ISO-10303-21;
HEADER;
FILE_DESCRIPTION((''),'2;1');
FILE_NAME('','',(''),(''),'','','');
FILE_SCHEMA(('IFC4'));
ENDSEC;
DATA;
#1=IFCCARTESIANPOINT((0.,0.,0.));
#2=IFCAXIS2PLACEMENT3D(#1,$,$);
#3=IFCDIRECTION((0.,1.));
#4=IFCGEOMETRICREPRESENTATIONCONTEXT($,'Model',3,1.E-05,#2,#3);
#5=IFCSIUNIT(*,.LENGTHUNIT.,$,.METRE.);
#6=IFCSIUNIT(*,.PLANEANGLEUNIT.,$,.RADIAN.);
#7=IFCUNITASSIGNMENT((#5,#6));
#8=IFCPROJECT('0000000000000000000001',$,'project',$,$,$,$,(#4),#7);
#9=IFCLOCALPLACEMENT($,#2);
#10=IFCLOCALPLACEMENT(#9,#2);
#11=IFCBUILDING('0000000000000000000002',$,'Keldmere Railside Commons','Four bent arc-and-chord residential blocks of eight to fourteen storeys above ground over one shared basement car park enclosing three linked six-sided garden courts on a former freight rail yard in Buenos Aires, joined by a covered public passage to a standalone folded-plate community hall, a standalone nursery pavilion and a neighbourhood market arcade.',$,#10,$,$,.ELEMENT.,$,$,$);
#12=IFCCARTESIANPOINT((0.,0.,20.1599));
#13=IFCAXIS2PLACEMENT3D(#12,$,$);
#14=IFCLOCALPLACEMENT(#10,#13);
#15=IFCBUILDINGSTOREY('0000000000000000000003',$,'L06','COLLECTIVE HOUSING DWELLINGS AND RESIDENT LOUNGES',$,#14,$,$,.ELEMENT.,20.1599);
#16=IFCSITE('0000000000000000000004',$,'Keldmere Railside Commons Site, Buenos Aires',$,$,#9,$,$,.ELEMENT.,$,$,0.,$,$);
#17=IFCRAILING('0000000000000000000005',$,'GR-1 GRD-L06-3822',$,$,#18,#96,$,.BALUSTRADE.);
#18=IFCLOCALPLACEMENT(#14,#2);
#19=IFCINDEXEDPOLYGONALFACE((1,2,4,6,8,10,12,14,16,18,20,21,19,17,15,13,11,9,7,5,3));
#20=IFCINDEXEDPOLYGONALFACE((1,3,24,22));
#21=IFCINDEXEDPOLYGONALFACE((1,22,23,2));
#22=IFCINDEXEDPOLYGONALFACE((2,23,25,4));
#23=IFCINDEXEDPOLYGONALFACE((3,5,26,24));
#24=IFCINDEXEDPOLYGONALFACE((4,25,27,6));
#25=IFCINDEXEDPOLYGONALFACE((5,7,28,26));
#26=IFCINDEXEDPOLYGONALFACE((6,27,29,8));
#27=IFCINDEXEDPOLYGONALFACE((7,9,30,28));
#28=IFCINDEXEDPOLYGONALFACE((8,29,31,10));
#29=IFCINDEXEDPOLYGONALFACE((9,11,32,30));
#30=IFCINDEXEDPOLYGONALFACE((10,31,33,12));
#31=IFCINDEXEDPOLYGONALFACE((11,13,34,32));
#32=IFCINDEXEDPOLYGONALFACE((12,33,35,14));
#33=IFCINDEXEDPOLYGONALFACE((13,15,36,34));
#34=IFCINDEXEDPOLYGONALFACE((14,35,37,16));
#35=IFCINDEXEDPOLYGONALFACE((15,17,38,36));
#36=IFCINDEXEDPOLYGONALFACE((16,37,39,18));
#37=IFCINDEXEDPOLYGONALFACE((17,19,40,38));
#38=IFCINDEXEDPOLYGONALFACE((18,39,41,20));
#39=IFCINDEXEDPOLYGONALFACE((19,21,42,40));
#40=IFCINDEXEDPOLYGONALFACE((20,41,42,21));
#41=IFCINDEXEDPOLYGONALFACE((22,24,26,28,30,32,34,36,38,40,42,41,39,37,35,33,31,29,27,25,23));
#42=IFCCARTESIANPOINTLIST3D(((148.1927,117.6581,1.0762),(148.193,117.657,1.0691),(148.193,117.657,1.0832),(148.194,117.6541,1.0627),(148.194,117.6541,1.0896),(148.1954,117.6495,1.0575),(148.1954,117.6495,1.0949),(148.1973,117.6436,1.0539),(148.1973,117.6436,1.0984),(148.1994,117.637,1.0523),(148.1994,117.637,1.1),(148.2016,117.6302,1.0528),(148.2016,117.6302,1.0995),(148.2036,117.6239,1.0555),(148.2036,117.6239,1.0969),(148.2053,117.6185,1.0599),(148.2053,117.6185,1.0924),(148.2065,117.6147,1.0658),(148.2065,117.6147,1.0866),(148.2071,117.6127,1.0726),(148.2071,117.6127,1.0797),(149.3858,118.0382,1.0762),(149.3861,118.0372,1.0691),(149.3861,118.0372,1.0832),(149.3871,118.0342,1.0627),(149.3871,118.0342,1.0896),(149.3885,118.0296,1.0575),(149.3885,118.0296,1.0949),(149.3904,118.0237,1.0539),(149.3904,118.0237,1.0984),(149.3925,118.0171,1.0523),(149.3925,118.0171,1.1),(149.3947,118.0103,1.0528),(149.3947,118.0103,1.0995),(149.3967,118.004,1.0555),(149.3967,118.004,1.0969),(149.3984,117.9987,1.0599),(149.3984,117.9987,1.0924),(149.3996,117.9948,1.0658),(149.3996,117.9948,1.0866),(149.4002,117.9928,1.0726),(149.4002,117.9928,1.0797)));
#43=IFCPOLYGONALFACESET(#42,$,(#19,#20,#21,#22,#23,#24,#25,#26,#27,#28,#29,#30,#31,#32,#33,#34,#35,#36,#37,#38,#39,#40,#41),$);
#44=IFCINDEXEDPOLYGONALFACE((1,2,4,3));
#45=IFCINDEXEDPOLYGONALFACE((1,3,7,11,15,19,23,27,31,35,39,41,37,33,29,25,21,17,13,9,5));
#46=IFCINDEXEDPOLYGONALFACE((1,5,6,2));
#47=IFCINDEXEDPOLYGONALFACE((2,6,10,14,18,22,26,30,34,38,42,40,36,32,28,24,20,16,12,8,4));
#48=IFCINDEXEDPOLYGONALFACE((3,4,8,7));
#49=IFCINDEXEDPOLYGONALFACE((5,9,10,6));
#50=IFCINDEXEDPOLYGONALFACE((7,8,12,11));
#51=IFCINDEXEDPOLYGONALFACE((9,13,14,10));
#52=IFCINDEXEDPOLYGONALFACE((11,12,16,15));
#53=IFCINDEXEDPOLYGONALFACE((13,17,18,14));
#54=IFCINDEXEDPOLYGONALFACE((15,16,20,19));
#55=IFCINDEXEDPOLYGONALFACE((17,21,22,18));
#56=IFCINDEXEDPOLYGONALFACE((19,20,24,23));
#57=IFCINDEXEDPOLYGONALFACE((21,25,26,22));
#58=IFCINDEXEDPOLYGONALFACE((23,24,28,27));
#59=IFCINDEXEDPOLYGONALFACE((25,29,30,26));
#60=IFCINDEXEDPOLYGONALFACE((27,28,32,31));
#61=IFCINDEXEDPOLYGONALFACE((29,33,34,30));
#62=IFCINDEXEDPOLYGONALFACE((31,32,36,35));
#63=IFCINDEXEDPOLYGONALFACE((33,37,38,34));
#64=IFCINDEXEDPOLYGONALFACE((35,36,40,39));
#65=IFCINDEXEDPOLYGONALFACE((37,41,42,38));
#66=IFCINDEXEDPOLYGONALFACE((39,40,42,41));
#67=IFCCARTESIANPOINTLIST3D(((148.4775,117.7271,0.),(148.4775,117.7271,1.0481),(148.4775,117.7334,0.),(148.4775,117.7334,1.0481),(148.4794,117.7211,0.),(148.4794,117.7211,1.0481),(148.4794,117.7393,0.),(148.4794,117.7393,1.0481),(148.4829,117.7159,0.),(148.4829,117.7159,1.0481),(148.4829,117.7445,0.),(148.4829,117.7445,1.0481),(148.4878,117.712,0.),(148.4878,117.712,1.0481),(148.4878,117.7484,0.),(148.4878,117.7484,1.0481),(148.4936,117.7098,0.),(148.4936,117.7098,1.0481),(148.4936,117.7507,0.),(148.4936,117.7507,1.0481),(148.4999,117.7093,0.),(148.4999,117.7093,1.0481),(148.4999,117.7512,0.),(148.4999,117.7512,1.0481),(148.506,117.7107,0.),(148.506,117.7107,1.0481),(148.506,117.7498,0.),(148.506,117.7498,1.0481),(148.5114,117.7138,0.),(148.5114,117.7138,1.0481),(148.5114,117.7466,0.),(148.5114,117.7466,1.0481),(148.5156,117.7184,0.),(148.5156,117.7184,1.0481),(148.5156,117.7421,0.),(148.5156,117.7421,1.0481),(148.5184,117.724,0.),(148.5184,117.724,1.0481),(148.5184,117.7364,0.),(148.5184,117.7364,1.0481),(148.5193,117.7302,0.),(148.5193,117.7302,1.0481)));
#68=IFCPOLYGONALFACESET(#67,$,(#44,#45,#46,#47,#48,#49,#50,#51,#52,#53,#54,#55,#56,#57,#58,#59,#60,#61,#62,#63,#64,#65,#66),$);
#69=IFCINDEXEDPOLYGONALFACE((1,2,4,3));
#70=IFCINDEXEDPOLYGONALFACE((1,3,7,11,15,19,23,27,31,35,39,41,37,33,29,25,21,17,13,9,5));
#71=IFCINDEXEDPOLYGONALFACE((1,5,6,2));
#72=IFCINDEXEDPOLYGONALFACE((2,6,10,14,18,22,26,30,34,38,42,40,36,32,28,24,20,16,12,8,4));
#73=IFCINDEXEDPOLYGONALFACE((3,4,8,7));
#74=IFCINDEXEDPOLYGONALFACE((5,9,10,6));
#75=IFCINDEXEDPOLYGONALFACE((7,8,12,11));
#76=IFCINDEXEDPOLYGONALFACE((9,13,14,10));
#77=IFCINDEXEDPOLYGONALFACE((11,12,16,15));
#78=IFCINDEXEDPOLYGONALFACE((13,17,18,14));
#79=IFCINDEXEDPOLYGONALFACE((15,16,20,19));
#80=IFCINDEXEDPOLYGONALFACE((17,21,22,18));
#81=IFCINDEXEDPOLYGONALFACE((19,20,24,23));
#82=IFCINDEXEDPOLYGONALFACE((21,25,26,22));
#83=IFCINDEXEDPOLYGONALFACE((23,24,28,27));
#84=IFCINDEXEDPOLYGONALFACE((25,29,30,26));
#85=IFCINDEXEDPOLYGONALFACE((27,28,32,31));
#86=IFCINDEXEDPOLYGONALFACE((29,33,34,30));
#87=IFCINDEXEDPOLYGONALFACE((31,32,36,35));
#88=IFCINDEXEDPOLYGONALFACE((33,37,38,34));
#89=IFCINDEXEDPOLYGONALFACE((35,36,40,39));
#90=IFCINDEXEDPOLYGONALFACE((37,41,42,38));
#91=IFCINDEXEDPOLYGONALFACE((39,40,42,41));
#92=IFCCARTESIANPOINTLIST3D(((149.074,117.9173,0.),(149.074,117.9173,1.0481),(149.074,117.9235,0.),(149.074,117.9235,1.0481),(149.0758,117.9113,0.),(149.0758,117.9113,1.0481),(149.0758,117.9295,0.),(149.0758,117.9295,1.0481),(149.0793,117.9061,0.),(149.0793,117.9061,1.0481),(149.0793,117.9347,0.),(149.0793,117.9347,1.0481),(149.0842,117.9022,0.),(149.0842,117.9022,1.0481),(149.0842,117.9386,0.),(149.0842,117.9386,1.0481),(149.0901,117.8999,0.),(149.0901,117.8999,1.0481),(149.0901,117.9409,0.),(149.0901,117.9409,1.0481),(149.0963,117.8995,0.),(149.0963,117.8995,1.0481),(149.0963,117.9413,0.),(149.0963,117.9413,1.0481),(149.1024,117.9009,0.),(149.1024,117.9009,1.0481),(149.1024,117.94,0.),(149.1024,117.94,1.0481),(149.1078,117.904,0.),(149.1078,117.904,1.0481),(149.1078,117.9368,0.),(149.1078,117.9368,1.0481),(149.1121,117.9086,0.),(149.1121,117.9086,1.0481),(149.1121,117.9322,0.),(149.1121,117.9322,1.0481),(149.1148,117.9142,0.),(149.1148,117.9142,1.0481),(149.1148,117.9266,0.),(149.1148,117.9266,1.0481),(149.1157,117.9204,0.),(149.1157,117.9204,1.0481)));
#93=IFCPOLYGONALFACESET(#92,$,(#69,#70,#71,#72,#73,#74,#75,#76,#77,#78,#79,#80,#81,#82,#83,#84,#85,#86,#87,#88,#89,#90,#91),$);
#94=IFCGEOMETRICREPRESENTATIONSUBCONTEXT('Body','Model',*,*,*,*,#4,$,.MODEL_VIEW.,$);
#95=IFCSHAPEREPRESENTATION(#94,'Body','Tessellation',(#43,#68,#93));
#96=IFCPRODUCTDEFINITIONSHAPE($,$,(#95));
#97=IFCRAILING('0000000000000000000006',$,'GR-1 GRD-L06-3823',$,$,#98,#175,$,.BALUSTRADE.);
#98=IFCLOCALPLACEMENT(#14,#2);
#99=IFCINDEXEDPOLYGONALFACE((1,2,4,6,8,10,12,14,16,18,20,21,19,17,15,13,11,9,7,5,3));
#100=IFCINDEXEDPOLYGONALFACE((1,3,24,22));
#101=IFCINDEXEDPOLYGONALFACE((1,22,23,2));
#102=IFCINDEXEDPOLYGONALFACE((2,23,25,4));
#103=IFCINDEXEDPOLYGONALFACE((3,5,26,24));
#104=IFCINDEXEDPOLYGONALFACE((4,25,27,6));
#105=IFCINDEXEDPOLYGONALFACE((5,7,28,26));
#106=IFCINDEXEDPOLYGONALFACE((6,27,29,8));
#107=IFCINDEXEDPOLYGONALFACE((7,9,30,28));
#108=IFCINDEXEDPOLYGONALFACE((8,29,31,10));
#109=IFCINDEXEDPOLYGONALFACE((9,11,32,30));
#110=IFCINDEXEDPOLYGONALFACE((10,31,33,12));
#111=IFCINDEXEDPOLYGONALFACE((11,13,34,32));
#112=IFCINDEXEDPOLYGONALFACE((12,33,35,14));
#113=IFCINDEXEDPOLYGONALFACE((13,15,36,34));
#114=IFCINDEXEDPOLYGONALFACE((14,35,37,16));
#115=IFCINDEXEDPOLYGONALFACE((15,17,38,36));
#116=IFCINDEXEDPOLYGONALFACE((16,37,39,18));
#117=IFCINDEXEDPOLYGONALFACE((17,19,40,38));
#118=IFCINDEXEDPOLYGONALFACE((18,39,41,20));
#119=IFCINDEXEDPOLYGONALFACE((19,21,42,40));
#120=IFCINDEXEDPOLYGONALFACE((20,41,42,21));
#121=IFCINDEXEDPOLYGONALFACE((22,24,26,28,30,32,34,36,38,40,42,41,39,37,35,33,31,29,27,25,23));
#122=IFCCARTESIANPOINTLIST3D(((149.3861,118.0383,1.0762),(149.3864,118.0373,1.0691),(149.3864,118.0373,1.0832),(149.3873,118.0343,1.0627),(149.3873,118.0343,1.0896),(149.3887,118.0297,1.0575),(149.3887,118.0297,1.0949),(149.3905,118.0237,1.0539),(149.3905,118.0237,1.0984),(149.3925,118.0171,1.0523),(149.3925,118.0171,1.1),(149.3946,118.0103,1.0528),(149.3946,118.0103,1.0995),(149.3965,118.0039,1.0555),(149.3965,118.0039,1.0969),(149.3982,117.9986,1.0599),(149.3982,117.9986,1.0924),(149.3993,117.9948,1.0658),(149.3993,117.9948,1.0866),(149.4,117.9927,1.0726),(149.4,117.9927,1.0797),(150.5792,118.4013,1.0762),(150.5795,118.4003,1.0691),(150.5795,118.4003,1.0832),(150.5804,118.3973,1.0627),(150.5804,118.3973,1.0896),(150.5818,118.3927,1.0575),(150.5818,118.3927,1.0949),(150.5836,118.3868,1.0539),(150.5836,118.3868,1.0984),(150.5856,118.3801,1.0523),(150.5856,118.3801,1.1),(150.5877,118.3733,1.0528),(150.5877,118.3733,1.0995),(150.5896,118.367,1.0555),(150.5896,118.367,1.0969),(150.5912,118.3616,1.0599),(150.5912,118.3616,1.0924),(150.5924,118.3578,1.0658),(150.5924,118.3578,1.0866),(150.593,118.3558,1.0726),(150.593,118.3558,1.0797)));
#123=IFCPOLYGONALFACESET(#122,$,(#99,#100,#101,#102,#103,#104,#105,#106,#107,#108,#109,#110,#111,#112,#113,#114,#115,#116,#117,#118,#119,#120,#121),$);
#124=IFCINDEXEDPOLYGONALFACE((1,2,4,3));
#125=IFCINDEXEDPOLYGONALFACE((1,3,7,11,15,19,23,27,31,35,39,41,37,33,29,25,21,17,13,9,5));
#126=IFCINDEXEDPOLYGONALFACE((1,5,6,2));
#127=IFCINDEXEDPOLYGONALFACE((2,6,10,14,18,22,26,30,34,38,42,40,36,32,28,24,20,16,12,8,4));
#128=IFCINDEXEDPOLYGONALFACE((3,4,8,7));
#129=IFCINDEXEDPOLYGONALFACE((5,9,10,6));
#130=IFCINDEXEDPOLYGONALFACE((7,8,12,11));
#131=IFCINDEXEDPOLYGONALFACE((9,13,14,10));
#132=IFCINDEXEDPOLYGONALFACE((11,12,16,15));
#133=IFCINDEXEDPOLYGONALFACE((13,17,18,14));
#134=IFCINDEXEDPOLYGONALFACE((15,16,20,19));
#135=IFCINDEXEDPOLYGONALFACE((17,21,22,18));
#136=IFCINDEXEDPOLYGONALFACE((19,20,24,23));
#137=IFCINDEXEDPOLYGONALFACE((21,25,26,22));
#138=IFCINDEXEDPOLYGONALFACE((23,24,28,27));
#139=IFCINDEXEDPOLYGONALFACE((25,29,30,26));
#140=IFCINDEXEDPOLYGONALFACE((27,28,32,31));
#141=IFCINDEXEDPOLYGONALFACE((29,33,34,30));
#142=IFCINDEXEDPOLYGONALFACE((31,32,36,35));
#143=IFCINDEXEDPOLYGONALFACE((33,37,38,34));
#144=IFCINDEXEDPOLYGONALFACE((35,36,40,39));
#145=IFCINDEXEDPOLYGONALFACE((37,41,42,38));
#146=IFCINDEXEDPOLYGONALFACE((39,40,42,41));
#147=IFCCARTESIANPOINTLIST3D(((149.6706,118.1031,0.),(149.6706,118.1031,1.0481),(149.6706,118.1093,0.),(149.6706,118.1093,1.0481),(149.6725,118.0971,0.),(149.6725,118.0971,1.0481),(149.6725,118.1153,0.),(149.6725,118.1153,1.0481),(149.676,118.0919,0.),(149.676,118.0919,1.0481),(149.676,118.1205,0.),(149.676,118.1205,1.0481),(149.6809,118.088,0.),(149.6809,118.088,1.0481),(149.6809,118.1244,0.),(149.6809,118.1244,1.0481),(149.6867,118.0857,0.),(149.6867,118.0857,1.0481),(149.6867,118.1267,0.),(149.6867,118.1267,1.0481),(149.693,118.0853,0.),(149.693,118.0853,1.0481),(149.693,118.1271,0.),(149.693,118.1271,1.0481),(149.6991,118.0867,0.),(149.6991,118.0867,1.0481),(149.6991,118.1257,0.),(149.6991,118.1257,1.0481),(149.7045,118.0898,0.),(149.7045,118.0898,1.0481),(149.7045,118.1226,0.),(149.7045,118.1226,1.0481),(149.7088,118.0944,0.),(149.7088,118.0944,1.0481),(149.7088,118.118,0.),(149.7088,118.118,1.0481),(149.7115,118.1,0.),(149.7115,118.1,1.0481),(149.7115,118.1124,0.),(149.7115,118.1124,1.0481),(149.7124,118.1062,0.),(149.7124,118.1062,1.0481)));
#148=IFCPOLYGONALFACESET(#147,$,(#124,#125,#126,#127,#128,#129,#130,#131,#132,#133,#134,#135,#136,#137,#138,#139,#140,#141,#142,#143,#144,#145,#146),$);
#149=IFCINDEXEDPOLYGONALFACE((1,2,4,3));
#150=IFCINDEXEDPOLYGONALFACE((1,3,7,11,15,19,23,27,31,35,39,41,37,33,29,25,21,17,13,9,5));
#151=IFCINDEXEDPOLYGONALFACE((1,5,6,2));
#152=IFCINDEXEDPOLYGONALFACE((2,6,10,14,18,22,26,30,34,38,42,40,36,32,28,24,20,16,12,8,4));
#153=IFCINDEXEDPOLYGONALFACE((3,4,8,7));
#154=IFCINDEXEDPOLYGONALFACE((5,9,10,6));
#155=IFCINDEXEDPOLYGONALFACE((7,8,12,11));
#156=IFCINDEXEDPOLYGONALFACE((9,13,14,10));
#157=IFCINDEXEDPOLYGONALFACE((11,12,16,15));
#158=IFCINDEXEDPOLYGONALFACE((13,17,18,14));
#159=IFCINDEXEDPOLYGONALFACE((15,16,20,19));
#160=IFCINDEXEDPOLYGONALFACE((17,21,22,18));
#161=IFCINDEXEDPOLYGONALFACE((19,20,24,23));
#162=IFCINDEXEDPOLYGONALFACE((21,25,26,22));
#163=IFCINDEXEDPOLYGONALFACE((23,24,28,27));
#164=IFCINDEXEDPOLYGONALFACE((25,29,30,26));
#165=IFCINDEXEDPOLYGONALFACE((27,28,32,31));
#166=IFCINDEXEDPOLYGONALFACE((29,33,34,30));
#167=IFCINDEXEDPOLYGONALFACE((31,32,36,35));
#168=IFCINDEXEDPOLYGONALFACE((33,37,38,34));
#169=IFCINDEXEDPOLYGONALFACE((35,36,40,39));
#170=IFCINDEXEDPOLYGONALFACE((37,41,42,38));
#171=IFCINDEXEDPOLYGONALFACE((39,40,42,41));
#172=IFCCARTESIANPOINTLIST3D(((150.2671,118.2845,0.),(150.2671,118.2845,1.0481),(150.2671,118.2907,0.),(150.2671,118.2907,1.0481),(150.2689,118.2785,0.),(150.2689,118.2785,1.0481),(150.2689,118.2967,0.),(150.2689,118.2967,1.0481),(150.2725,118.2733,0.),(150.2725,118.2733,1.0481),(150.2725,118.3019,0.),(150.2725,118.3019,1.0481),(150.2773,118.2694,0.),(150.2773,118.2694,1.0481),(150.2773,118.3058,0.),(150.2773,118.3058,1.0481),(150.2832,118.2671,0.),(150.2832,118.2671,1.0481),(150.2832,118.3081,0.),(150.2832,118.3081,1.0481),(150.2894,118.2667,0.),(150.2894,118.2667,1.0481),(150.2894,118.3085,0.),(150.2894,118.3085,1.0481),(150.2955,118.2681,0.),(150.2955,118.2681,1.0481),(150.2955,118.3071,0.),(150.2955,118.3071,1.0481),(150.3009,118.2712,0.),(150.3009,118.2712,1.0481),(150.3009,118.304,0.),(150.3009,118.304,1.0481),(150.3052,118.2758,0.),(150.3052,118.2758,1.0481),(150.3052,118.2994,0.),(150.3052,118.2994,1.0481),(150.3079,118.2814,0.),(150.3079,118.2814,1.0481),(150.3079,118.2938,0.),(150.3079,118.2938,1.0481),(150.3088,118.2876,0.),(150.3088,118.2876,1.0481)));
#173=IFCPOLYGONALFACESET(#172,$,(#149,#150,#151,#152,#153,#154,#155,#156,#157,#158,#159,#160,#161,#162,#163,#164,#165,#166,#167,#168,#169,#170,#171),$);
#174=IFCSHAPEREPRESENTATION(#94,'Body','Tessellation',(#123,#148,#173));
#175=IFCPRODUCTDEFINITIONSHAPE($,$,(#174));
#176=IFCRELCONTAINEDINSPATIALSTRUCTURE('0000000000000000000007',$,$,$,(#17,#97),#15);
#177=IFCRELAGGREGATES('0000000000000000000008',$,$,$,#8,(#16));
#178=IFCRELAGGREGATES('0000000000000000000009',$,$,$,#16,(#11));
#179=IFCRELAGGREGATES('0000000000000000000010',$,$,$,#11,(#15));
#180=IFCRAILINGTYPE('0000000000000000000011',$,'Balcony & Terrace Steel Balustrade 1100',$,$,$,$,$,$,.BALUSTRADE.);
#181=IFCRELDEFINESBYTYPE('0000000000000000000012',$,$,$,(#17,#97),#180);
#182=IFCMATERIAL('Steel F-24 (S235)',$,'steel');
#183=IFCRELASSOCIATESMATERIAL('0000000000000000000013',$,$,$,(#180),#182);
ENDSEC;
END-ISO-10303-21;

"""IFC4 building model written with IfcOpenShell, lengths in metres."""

from ifc_helpers import new_model, si_unit, direction, frame, origin, origin_2d, place, context, subcontext, project, spatial, circle, extrude, material, type_object, element, save


model = new_model("IFC4")

# Units and contexts
model_context = context("Model", 3, precision=1e-05, world=origin(), true_north=direction((0.0, 1.0)))
body_context = subcontext(model_context, "Body", "Model", "MODEL_VIEW")
ifc_project = project(units=[si_unit("LENGTHUNIT", "METRE"), si_unit("PLANEANGLEUNIT", "RADIAN")], contexts=[model_context])

# Site, building, storey
site_placement = place(None, origin())
site = spatial("IfcSite", under=ifc_project, at=site_placement, Name="Keldmere Railside Commons Site, Buenos Aires", CompositionType="ELEMENT", RefElevation=0.0)
building_placement = place(site_placement, origin())
building = spatial("IfcBuilding", under=site, at=building_placement, Name="Keldmere Railside Commons", Description="Four bent arc-and-chord residential blocks of eight to fourteen storeys above ground over one shared basement car park enclosing three linked six-sided garden courts on a former freight rail yard in Buenos Aires, joined by a covered public passage to a standalone folded-plate community hall, a standalone nursery pavilion and a neighbourhood market arcade.", CompositionType="ELEMENT")
storey_placement = place(building_placement, frame((0.0, 0.0, 20.1599)))
storey = spatial("IfcBuildingStorey", under=building, at=storey_placement, Name="L06", Description="COLLECTIVE HOUSING DWELLINGS AND RESIDENT LOUNGES", CompositionType="ELEMENT", Elevation=20.1599)

# Shared definitions
ifc_material_1 = material(Name="Steel F-24 (S235)", Category="steel")

# Railings
railing_type_1 = type_object("IfcRailingType", Name="Balcony & Terrace Steel Balustrade 1100", PredefinedType="BALUSTRADE", material=ifc_material_1)
railing_1_placement = place(storey_placement, frame((148.2, 117.6353, 0.0)))
element("IfcRailing", 1, at=railing_1_placement, inside=storey, type_object=railing_type_1, Name="GR-1 GRD-L06-3822", PredefinedType="BALUSTRADE", context=body_context, shape_type="SweptSolid", body=[
    extrude(circle(Radius=0.0239, at=origin_2d()), frame((0.0, 0.0, 1.0762), z_axis=(0.95281, 0.303566, 0.0), x_axis=(-0.303566, 0.95281, 0.0)), (0.0, 0.0, 1.0), 1.2522),
    extrude(circle(Radius=0.021, at=origin_2d()), frame((0.2983, 0.095, 0.0)), (0.0, 0.0, 1.0), 1.0481),
    extrude(circle(Radius=0.021, at=origin_2d()), frame((0.8948, 0.2852, 0.0)), (0.0, 0.0, 1.0), 1.0481),
])
railing_2_placement = place(storey_placement, frame((149.3931, 118.0154, 0.0)))
element("IfcRailing", 2, at=railing_2_placement, inside=storey, type_object=railing_type_1, Name="GR-1 GRD-L06-3823", PredefinedType="BALUSTRADE", context=body_context, shape_type="SweptSolid", body=[
    extrude(circle(Radius=0.0239, at=origin_2d()), frame((0.0, 0.0, 1.0762), z_axis=(0.956693, 0.291099, 0.0), x_axis=(-0.291099, 0.956693, 0.0)), (0.0, 0.0, 1.0), 1.2471),
    extrude(circle(Radius=0.021, at=origin_2d()), frame((0.2983, 0.0908, 0.0)), (0.0, 0.0, 1.0), 1.0481),
    extrude(circle(Radius=0.021, at=origin_2d()), frame((0.8948, 0.2722, 0.0)), (0.0, 0.0, 1.0), 1.0481),
])

save(model, "model.ifc")
